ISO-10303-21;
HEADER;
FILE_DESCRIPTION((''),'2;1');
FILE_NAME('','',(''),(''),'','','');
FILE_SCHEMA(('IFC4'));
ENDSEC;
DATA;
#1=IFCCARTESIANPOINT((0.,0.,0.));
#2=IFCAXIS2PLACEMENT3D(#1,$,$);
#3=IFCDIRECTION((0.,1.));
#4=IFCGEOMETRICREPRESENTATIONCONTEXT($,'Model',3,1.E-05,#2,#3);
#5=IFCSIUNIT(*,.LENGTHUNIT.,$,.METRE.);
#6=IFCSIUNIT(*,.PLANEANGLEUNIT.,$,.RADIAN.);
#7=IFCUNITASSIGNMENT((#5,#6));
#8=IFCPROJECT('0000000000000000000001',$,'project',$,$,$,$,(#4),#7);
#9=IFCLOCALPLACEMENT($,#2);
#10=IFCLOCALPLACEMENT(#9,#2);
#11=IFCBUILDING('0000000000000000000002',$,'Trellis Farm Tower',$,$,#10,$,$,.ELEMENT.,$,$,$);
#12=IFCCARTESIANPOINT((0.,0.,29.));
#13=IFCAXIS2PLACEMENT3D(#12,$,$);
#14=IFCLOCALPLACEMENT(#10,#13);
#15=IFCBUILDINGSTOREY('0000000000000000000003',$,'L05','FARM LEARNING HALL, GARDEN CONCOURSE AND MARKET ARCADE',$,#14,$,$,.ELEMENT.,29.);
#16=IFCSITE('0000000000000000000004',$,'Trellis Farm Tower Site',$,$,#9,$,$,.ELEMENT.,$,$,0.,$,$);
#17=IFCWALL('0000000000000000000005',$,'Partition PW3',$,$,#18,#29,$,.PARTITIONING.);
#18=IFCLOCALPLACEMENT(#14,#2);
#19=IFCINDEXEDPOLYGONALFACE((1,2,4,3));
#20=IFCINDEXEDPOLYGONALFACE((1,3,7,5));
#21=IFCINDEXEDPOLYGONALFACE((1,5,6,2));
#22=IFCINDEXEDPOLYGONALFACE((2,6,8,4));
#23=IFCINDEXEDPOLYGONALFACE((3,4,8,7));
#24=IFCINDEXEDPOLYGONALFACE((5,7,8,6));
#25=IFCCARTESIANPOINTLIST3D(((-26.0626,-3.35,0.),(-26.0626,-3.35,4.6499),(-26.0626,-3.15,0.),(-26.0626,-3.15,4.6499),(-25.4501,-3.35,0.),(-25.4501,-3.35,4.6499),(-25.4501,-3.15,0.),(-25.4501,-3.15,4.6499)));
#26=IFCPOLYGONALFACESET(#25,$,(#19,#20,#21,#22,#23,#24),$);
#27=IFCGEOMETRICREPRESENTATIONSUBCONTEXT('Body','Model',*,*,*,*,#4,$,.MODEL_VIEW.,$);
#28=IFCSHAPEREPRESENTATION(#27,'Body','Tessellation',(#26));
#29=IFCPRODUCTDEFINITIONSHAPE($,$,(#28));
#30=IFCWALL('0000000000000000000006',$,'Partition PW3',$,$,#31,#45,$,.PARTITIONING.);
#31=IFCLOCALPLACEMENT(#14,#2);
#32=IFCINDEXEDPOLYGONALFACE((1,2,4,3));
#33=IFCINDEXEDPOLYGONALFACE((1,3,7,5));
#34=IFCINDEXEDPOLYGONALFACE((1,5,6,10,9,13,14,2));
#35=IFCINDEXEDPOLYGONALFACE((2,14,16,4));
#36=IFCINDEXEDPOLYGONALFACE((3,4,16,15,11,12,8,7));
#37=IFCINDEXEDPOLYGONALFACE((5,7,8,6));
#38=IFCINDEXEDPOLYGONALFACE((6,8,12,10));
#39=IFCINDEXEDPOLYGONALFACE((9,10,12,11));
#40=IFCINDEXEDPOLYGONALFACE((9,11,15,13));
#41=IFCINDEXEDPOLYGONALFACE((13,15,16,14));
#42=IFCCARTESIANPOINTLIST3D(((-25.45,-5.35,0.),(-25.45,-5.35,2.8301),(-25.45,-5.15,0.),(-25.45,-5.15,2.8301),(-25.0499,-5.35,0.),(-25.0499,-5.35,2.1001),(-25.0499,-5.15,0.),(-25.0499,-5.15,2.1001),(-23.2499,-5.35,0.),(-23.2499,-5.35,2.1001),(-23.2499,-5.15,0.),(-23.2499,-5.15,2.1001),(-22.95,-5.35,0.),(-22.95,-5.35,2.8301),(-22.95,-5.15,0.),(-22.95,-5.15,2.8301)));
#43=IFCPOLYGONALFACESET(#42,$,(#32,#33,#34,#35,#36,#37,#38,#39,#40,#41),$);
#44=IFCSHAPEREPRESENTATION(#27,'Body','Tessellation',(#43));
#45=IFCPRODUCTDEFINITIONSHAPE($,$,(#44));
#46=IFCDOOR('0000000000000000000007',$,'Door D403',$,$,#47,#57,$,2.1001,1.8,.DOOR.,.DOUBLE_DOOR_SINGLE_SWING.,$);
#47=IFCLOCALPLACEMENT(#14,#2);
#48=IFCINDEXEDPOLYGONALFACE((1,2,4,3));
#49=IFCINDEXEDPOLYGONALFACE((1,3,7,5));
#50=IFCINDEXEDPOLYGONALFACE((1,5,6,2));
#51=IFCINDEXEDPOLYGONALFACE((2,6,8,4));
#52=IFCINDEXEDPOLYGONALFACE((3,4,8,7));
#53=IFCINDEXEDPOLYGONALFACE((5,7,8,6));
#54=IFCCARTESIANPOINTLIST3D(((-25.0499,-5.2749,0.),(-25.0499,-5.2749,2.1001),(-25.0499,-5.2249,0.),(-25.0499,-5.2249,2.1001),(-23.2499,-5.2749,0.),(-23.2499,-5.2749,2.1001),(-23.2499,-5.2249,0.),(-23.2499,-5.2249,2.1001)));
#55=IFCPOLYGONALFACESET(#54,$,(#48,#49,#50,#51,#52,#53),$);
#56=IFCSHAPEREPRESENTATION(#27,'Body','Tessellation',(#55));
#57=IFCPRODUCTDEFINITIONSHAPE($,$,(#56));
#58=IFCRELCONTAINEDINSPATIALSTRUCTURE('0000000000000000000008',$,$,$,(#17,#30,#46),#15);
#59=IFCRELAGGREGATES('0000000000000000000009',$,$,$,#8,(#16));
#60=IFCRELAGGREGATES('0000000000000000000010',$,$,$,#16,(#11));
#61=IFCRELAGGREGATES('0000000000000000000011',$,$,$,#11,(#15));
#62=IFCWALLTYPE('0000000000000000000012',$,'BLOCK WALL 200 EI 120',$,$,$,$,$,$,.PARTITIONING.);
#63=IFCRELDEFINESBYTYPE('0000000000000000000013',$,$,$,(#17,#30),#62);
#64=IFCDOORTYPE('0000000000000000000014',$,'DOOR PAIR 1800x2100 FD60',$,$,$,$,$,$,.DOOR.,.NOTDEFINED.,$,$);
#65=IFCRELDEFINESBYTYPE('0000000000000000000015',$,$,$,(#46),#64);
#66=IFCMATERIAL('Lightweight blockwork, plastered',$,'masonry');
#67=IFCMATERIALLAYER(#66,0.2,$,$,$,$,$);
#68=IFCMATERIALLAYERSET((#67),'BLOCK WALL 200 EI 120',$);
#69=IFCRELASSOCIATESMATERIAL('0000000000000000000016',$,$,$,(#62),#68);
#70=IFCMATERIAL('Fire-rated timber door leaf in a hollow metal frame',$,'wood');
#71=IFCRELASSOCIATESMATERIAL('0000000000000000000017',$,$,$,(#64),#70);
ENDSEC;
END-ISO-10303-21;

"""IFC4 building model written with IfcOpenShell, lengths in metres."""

from ifc_helpers import new_model, si_unit, direction, frame, frame_2d, origin, place, context, subcontext, project, spatial, rectangle, extrude, source, transform, mapped, material, layer, layer_set, type_object, element, fill, save


model = new_model("IFC4")

# Units and contexts
model_context = context("Model", 3, precision=1e-05, world=origin(), true_north=direction((0.0, 1.0)))
body_context = subcontext(model_context, "Body", "Model", "MODEL_VIEW")
ifc_project = project(units=[si_unit("LENGTHUNIT", "METRE"), si_unit("PLANEANGLEUNIT", "RADIAN")], contexts=[model_context])

# Site, building, storey
site_placement = place(None, origin())
site = spatial("IfcSite", under=ifc_project, at=site_placement, Name="Trellis Farm Tower Site", CompositionType="ELEMENT", RefElevation=0.0)
building_placement = place(site_placement, origin())
building = spatial("IfcBuilding", under=site, at=building_placement, Name="Trellis Farm Tower", CompositionType="ELEMENT")
storey_placement = place(building_placement, frame((0.0, 0.0, 29.0)))
storey = spatial("IfcBuildingStorey", under=building, at=storey_placement, Name="L05", Description="FARM LEARNING HALL, GARDEN CONCOURSE AND MARKET ARCADE", CompositionType="ELEMENT", Elevation=29.0)

# Shared definitions
ifc_material_1 = material(Name="Lightweight blockwork, plastered", Category="masonry")
ifc_layer_1 = layer(ifc_material_1, 0.2)
ifc_layer_set_1 = layer_set([ifc_layer_1], Name="BLOCK WALL 200 EI 120")
wall_type_1 = type_object("IfcWallType", Name="BLOCK WALL 200 EI 120", PredefinedType="PARTITIONING", material=ifc_layer_set_1)
shared_shape_1 = source(origin(), body_context, "Body", "SweptSolid", [
    extrude(rectangle(XDim=1.8, YDim=2.1001, at=frame_2d((0.8999, 1.05))), frame((0.0, 0.1101, 0.0), z_axis=(0.0, -1.0, 0.0), x_axis=(1.0, 0.0, 0.0)), (0.0, 0.0, 1.0), 0.2202),
])
ifc_material_2 = material(Name="Fire-rated timber door leaf in a hollow metal frame", Category="wood")
door_type_1 = type_object("IfcDoorType", Name="DOOR PAIR 1800x2100 FD60", OperationType="NOTDEFINED", PredefinedType="DOOR", material=ifc_material_2)
shared_shape_2 = source(origin(), body_context, "Body", "SweptSolid", [
    extrude(rectangle(XDim=1.8, YDim=2.1001, at=frame_2d((0.8999, 1.05))), frame((0.0, 0.0249, 0.0), z_axis=(0.0, -1.0, 0.0), x_axis=(1.0, 0.0, 0.0)), (0.0, 0.0, 1.0), 0.05),
])

# Wall
shared_shape_3 = source(origin(), body_context, "Body", "SweptSolid", [
    extrude(rectangle(XDim=0.6125, YDim=0.2, at=frame_2d((0.3062, 0.0))), origin(), (0.0, 0.0, 1.0), 4.6499),
])
wall_1_placement = place(storey_placement, frame((-26.0625, -3.25, 0.0), z_axis=(0.0, 0.0, 1.0), x_axis=(1.0, 0.0, 0.0)))
element("IfcWall", 1, at=wall_1_placement, inside=storey, type_object=wall_type_1, Name="Partition PW3", PredefinedType="PARTITIONING", context=body_context, shape_type="MappedRepresentation", body=[
    mapped(shared_shape_3, transform((0.0, 0.0, 0.0))),
])

# Wall, opening, door
shared_shape_4 = source(origin(), body_context, "Body", "SweptSolid", [
    extrude(rectangle(XDim=2.5, YDim=0.2, at=frame_2d((1.25, 0.0))), origin(), (0.0, 0.0, 1.0), 2.8301),
])
wall_2_placement = place(storey_placement, frame((-22.95, -5.25, 0.0), z_axis=(0.0, 0.0, 1.0), x_axis=(-1.0, 0.0, 0.0)))
wall_2 = element("IfcWall", 2, at=wall_2_placement, inside=storey, type_object=wall_type_1, Name="Partition PW3", PredefinedType="PARTITIONING", context=body_context, shape_type="MappedRepresentation", body=[
    mapped(shared_shape_4, transform((0.0, 0.0, 0.0))),
])
opening_1_placement = place(wall_2_placement, frame((0.3, 0.0, 0.0)))
opening_1 = element("IfcOpeningElement", 3, at=opening_1_placement, cuts=wall_2, PredefinedType="OPENING", context=body_context, shape_type="MappedRepresentation", body=[
    mapped(shared_shape_1, transform((0.0, 0.0, 0.0))),
])
door_1_placement = place(opening_1_placement, origin())
door_1 = element("IfcDoor", 4, at=door_1_placement, inside=storey, type_object=door_type_1, Name="Door D403", OperationType="DOUBLE_DOOR_SINGLE_SWING", OverallHeight=2.1001, OverallWidth=1.8, PredefinedType="DOOR", context=body_context, shape_type="MappedRepresentation", body=[
    mapped(shared_shape_2, transform((0.0, 0.0, 0.0))),
])
fill(opening_1, door_1)

save(model, "model.ifc")
